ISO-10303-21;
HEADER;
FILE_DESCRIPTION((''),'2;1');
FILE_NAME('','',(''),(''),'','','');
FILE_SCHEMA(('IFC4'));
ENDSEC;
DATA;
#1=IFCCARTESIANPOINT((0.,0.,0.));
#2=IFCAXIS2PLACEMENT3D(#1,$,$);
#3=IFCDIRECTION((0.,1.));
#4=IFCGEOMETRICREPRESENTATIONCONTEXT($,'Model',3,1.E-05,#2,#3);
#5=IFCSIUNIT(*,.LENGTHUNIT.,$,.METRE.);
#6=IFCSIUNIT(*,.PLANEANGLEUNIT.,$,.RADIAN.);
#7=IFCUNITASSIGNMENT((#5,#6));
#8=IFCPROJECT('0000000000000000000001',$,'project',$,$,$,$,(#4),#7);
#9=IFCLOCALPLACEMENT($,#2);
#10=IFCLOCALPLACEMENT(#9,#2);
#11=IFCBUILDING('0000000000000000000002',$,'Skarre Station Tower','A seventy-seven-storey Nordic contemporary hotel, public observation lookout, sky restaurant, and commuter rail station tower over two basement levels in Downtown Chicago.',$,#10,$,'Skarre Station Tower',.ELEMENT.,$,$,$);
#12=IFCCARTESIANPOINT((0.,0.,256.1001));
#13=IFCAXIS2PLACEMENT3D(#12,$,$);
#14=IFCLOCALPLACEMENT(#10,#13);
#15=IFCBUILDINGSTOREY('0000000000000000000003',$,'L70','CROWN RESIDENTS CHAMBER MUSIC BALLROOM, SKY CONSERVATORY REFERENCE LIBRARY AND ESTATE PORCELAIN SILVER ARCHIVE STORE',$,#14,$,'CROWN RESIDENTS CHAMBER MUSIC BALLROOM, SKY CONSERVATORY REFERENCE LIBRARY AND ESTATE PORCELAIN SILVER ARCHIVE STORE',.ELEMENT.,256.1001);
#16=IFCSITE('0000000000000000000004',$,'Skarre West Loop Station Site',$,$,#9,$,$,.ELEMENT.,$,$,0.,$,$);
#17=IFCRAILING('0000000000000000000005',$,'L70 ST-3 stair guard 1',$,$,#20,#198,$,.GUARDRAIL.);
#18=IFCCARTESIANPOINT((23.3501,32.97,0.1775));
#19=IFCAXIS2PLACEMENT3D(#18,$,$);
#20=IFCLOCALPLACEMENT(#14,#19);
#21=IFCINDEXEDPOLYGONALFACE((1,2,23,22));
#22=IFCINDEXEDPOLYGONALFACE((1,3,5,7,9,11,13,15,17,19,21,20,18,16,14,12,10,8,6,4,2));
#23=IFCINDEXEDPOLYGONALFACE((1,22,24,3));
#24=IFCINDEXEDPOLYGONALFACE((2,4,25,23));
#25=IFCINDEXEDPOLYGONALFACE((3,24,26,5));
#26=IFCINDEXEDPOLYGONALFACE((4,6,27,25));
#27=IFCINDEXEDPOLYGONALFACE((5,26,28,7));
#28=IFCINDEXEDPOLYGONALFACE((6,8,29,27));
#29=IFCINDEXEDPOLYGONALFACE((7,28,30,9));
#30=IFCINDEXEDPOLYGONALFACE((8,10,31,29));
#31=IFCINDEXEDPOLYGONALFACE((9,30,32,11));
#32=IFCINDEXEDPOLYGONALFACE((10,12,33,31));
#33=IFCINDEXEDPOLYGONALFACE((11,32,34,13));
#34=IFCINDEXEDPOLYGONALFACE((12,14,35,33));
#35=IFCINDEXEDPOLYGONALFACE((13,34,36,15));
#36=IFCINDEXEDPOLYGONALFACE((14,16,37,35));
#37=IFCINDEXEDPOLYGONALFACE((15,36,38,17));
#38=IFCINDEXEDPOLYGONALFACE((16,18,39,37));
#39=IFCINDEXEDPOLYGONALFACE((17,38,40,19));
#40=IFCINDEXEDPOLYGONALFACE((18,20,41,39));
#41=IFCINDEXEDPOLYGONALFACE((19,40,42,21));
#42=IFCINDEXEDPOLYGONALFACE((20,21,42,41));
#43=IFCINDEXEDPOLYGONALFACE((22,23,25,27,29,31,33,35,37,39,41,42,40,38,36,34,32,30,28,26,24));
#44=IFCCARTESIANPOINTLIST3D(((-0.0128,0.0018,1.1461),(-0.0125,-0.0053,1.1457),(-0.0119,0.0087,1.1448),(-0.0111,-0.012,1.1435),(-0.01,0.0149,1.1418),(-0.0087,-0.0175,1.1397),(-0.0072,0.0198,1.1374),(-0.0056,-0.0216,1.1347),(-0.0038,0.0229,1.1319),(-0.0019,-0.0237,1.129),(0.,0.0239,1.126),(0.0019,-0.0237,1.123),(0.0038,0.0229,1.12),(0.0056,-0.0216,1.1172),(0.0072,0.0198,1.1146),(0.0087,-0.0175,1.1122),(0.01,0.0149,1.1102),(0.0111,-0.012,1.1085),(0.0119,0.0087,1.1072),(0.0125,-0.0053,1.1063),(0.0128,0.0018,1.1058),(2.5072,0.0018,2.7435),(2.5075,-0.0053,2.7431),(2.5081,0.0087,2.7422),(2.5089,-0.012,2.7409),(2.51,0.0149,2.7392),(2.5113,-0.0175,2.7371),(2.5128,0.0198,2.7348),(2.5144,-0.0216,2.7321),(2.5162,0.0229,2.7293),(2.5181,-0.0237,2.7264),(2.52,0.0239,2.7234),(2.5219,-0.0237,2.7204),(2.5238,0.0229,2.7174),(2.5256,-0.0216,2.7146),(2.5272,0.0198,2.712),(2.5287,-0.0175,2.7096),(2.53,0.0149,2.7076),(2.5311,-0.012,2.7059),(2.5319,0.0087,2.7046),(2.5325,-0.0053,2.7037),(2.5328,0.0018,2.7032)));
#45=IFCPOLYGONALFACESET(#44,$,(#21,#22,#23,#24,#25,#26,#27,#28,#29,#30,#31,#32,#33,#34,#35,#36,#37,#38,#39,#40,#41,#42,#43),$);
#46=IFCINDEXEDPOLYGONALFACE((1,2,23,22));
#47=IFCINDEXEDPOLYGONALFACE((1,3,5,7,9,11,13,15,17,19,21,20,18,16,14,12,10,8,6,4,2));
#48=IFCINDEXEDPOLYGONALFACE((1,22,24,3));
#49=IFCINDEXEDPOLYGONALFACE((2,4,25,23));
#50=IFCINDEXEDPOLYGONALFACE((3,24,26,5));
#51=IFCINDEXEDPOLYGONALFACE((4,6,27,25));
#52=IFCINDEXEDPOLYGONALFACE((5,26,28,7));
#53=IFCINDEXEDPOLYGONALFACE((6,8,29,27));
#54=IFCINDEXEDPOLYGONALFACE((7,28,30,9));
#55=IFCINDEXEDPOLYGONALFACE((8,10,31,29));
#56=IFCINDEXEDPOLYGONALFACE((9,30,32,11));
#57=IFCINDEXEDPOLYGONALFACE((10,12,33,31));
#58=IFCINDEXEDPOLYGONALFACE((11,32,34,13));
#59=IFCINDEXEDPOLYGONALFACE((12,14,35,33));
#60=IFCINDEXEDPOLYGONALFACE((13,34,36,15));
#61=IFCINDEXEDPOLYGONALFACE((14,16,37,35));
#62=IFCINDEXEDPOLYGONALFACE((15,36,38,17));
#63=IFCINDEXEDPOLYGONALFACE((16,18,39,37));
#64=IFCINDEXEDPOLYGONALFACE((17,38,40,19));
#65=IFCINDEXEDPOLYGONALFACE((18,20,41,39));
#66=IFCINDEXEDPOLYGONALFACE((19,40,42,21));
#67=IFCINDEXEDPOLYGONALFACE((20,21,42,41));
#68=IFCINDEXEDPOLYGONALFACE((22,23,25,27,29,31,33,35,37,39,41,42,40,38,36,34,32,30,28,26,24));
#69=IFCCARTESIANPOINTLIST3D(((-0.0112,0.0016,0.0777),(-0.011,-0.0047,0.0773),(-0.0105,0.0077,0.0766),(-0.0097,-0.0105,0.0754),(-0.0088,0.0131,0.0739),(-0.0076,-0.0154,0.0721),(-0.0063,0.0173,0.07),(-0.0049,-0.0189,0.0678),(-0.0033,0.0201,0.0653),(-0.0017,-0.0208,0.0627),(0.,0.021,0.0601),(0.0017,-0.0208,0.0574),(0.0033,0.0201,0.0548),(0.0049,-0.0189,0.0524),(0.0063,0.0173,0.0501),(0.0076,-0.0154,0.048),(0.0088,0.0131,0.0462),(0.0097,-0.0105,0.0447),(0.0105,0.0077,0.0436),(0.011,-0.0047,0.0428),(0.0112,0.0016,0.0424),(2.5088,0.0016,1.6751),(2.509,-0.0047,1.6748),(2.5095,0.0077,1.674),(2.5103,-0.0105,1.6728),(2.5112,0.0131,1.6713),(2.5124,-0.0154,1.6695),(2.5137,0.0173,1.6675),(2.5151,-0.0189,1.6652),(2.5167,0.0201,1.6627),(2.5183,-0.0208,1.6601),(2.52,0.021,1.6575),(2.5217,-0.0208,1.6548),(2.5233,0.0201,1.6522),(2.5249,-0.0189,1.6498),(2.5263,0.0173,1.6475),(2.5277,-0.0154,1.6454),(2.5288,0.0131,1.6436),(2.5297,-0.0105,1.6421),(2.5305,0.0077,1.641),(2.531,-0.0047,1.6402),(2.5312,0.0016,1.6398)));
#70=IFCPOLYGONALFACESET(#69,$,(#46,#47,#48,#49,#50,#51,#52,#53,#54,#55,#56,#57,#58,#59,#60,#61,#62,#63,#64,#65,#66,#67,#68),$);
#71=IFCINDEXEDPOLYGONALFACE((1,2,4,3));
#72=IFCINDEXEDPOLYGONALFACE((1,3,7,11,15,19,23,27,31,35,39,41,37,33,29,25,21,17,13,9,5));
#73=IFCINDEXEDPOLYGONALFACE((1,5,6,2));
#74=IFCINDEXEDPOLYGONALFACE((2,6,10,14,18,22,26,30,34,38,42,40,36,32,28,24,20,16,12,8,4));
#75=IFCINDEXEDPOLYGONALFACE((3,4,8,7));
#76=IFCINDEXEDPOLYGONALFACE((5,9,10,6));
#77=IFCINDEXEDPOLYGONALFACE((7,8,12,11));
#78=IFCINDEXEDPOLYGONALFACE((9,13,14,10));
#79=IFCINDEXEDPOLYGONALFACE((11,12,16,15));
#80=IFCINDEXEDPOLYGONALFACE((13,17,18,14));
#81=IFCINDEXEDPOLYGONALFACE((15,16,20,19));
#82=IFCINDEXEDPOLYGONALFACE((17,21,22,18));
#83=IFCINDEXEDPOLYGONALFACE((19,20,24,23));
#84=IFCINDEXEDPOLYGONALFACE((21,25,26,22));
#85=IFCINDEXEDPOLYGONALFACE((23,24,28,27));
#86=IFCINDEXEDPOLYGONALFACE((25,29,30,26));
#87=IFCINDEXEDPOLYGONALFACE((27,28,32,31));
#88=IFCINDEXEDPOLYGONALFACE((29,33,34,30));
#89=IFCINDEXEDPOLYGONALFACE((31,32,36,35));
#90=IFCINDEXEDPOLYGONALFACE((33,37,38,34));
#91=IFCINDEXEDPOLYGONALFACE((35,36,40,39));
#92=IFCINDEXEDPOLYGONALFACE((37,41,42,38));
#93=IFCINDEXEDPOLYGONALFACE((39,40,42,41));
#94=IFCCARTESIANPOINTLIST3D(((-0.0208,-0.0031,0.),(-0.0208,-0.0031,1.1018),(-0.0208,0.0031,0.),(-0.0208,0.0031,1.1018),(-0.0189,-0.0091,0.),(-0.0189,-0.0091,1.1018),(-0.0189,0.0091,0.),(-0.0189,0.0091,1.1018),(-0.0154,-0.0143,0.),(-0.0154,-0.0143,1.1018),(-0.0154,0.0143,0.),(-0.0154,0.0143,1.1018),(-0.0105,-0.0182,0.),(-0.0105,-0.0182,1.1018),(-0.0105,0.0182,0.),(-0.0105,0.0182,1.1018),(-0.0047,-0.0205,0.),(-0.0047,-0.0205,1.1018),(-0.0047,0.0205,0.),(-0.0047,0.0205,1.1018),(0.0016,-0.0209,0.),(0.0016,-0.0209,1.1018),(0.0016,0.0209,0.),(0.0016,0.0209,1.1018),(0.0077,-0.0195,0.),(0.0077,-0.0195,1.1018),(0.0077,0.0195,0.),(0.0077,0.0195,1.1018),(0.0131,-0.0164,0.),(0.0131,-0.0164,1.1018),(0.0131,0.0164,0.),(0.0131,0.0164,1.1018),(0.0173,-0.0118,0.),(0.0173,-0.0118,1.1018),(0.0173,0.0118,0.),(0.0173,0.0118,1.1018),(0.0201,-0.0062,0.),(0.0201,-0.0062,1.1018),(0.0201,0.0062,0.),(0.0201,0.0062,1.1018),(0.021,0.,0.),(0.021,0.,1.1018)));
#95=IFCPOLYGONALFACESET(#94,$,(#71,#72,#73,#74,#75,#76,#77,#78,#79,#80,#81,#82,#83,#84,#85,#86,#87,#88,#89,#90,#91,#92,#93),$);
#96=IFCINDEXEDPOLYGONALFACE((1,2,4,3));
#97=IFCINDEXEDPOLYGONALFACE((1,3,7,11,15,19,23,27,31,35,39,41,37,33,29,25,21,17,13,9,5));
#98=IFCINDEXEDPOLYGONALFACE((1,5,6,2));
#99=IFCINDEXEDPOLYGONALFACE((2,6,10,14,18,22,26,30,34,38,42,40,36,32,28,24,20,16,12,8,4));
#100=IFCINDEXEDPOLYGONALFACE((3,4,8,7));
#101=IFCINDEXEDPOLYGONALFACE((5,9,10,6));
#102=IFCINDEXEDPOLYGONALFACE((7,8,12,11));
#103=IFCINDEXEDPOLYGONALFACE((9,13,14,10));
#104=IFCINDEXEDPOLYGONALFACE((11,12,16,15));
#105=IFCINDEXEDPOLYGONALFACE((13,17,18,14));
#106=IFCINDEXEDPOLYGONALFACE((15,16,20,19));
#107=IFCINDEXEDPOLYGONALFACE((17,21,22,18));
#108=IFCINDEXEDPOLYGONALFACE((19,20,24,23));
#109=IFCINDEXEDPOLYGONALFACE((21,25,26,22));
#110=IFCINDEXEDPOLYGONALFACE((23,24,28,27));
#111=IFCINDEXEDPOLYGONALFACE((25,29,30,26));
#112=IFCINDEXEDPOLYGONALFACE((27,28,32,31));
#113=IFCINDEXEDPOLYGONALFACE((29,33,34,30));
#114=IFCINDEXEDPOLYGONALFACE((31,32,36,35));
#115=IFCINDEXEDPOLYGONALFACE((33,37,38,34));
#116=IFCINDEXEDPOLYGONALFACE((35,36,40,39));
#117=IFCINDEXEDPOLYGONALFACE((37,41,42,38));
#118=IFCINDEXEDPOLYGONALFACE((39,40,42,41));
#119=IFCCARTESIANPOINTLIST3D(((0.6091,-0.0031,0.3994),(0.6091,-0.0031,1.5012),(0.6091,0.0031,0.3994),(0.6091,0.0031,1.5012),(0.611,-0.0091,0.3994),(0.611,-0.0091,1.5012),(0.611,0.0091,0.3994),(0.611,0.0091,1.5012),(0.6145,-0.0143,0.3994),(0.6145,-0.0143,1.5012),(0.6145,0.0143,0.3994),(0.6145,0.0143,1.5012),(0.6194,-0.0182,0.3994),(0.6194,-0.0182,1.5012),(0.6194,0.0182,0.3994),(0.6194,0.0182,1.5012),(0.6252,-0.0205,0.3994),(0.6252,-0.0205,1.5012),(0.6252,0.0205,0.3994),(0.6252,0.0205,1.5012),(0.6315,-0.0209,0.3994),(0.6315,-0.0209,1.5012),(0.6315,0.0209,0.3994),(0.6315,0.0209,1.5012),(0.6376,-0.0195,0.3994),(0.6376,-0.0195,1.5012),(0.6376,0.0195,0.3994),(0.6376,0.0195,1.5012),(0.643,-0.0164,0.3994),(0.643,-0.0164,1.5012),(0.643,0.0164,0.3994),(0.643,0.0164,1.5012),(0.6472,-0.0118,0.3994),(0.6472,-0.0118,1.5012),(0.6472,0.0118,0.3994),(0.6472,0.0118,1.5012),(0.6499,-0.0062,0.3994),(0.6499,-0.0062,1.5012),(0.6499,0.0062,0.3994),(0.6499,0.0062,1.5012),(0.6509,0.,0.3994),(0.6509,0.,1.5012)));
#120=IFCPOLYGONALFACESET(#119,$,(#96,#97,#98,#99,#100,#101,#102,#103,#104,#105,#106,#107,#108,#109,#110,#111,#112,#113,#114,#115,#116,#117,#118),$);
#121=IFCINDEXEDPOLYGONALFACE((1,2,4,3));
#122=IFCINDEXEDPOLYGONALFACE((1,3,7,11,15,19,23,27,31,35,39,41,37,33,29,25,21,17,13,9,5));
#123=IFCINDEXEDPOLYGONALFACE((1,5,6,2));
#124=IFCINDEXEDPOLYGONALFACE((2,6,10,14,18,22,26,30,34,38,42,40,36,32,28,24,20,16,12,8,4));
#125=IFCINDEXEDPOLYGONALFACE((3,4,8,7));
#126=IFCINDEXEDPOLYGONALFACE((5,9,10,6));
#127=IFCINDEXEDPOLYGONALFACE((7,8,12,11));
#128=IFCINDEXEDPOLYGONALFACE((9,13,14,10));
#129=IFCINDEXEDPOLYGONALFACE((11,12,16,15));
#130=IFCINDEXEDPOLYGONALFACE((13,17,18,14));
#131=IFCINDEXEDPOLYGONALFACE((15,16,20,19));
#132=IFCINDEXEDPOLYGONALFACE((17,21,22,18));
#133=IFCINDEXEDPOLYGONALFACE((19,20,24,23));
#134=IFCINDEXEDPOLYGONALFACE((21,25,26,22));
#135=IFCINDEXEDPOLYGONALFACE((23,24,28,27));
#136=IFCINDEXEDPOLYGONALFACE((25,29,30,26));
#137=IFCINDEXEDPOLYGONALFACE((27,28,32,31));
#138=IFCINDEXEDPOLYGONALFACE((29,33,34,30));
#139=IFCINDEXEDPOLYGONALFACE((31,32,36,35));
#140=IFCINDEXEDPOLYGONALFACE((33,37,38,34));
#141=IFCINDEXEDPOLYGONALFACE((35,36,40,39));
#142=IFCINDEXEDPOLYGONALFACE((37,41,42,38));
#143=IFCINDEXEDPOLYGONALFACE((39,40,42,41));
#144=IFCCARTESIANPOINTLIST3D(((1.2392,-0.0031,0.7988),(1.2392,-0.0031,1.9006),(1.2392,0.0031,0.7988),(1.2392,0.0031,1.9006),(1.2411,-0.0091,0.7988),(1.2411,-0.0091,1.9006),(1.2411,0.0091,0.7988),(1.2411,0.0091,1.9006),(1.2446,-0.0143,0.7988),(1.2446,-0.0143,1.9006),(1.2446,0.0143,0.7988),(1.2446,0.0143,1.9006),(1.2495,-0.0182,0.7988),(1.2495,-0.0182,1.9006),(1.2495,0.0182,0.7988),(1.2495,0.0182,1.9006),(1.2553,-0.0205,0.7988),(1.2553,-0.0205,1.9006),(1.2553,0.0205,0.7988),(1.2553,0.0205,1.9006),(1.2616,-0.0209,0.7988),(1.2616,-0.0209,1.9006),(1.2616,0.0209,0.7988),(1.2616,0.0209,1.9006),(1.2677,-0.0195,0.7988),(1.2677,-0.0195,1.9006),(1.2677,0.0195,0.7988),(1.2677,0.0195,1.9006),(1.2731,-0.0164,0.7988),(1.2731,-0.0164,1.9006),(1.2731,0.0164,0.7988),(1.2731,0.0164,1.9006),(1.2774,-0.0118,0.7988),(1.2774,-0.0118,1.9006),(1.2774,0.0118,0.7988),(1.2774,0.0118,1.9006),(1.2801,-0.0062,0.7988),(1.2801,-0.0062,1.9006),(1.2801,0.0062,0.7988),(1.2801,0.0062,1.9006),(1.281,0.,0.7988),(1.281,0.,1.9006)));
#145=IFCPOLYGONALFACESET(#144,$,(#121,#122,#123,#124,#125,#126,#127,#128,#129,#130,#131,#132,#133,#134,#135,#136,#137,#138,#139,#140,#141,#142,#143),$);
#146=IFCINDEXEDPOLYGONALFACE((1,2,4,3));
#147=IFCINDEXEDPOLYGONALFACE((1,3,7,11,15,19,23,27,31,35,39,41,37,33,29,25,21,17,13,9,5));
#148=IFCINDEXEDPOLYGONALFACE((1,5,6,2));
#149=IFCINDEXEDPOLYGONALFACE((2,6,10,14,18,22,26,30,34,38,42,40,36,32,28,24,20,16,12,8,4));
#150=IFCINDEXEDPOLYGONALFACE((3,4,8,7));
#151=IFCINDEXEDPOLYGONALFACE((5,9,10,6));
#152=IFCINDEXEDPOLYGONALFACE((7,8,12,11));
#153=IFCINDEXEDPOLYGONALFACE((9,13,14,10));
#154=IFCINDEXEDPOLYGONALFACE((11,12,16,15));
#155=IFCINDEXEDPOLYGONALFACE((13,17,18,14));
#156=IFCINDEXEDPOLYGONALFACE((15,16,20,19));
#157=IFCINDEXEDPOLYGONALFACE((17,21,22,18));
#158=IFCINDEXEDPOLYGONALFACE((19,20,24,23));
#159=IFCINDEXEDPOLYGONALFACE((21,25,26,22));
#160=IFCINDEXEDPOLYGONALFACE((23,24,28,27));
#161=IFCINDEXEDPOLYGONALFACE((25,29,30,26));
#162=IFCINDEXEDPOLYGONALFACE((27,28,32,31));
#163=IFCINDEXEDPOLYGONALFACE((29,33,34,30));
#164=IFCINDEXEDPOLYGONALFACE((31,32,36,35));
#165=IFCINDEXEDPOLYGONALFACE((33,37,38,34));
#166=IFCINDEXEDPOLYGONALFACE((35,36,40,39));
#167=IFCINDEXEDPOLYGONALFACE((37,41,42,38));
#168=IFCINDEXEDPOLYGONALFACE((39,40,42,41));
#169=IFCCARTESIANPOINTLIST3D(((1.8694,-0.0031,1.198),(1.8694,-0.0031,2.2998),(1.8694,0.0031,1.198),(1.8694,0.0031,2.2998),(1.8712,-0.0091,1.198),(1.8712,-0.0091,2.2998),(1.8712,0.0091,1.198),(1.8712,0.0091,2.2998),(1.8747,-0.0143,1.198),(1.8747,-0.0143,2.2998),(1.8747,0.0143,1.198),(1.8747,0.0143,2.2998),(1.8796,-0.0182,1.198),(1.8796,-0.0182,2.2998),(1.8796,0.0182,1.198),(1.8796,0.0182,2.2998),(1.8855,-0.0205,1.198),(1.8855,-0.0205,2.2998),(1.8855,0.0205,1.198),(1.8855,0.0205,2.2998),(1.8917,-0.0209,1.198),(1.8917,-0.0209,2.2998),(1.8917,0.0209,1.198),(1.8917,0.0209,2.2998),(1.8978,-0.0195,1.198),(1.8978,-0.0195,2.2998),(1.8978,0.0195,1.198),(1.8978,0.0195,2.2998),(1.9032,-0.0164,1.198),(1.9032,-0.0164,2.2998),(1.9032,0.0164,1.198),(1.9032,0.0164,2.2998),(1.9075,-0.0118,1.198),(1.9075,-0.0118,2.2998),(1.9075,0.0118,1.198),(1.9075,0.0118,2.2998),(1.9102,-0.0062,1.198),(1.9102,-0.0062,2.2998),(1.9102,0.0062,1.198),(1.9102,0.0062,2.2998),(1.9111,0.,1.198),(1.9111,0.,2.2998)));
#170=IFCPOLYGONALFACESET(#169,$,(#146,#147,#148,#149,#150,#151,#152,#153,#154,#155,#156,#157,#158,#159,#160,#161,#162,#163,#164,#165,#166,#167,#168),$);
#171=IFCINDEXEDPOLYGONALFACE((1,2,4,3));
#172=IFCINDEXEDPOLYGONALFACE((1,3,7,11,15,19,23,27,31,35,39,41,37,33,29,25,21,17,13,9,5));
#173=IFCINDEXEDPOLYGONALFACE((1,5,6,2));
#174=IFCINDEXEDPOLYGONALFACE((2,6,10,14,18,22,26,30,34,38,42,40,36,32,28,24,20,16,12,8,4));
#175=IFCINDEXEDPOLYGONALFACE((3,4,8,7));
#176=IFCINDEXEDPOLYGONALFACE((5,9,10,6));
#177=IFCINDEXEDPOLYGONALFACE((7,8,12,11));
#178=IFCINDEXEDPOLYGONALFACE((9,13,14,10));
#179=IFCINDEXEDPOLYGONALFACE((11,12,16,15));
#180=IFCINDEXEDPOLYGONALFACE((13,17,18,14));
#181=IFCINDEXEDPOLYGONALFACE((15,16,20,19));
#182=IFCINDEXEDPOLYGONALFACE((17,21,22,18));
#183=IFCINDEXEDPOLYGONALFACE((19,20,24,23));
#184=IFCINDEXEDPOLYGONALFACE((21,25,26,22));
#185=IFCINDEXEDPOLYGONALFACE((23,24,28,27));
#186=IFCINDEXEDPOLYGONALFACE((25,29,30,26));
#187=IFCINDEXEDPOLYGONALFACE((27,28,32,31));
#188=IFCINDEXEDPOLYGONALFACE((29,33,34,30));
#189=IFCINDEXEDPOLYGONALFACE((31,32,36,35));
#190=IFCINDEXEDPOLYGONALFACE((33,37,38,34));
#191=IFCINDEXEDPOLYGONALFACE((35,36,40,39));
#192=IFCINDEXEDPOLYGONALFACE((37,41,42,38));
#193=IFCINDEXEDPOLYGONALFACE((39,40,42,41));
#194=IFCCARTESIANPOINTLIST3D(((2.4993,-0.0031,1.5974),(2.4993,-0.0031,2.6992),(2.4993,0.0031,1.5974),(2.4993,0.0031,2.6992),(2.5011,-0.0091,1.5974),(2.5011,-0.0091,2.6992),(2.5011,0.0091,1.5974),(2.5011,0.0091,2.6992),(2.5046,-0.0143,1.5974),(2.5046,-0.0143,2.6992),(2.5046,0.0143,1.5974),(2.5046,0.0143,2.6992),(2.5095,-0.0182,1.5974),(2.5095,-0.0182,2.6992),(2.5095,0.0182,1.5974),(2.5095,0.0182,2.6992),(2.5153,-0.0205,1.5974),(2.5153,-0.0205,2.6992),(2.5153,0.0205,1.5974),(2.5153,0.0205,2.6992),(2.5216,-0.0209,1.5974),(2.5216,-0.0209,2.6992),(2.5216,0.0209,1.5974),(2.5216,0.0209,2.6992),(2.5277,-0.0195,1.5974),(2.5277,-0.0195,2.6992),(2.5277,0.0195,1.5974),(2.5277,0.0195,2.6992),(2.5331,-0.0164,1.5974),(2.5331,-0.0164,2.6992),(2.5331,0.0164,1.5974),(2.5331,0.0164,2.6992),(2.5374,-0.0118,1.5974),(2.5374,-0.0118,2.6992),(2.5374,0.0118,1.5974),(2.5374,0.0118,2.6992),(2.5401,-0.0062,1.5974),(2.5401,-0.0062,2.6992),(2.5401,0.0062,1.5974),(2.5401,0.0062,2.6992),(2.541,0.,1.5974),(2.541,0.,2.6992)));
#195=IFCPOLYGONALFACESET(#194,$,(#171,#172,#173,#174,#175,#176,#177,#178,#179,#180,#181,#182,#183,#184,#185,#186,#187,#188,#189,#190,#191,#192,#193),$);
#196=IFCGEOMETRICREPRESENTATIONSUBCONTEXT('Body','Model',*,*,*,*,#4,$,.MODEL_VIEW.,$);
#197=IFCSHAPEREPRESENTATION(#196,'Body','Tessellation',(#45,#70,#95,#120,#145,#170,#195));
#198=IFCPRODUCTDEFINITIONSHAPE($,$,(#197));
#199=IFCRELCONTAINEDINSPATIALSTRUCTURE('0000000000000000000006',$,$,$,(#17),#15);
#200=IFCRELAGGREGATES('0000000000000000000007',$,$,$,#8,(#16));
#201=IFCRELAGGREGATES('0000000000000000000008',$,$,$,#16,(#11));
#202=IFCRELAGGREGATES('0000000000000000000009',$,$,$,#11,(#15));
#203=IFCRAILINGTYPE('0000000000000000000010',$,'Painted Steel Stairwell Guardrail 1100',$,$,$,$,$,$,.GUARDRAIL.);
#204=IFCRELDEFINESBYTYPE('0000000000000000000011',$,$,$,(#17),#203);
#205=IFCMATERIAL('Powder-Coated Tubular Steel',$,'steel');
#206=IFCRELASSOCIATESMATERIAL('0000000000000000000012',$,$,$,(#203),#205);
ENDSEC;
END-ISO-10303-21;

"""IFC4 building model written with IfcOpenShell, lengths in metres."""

from ifc_helpers import new_model, si_unit, direction, frame, origin, origin_2d, place, context, subcontext, project, spatial, circle, extrude, material, type_object, element, save


model = new_model("IFC4")

# Units and contexts
model_context = context("Model", 3, precision=1e-05, world=origin(), true_north=direction((0.0, 1.0)))
body_context = subcontext(model_context, "Body", "Model", "MODEL_VIEW")
ifc_project = project(units=[si_unit("LENGTHUNIT", "METRE"), si_unit("PLANEANGLEUNIT", "RADIAN")], contexts=[model_context])

# Site, building, storey
site_placement = place(None, origin())
site = spatial("IfcSite", under=ifc_project, at=site_placement, Name="Skarre West Loop Station Site", CompositionType="ELEMENT", RefElevation=0.0)
building_placement = place(site_placement, origin())
building = spatial("IfcBuilding", under=site, at=building_placement, Name="Skarre Station Tower", Description="A seventy-seven-storey Nordic contemporary hotel, public observation lookout, sky restaurant, and commuter rail station tower over two basement levels in Downtown Chicago.", LongName="Skarre Station Tower", CompositionType="ELEMENT")
storey_placement = place(building_placement, frame((0.0, 0.0, 256.1001)))
storey = spatial("IfcBuildingStorey", under=building, at=storey_placement, Name="L70", Description="CROWN RESIDENTS CHAMBER MUSIC BALLROOM, SKY CONSERVATORY REFERENCE LIBRARY AND ESTATE PORCELAIN SILVER ARCHIVE STORE", LongName="CROWN RESIDENTS CHAMBER MUSIC BALLROOM, SKY CONSERVATORY REFERENCE LIBRARY AND ESTATE PORCELAIN SILVER ARCHIVE STORE", CompositionType="ELEMENT", Elevation=256.1001)

# Railing
ifc_material_1 = material(Name="Powder-Coated Tubular Steel", Category="steel")
railing_type_1 = type_object("IfcRailingType", Name="Painted Steel Stairwell Guardrail 1100", PredefinedType="GUARDRAIL", material=ifc_material_1)
railing_1_placement = place(storey_placement, frame((23.3501, 32.97, 0.1775)))
element("IfcRailing", 1, at=railing_1_placement, inside=storey, type_object=railing_type_1, Name="L70 ST-3 stair guard 1", PredefinedType="GUARDRAIL", context=body_context, shape_type="SweptSolid", body=[
    extrude(circle(Radius=0.0239, at=origin_2d()), frame((0.0, 0.0, 1.126), z_axis=(0.844607, 0.0, 0.535387), x_axis=(0.0, 1.0, 0.0)), (0.0, 0.0, 1.0), 2.9836),
    extrude(circle(Radius=0.021, at=origin_2d()), frame((0.0, 0.0, 0.0601), z_axis=(0.844607, 0.0, 0.535387), x_axis=(0.0, 1.0, 0.0)), (0.0, 0.0, 1.0), 2.9836),
    extrude(circle(Radius=0.021, at=origin_2d()), origin(), (0.0, 0.0, 1.0), 1.1018),
    extrude(circle(Radius=0.021, at=origin_2d()), frame((0.6299, 0.0, 0.3994)), (0.0, 0.0, 1.0), 1.1018),
    extrude(circle(Radius=0.021, at=origin_2d()), frame((1.26, 0.0, 0.7988)), (0.0, 0.0, 1.0), 1.1018),
    extrude(circle(Radius=0.021, at=origin_2d()), frame((1.8901, 0.0, 1.198)), (0.0, 0.0, 1.0), 1.1018),
    extrude(circle(Radius=0.021, at=origin_2d()), frame((2.52, 0.0, 1.5974)), (0.0, 0.0, 1.0), 1.1018),
])

save(model, "model.ifc")
